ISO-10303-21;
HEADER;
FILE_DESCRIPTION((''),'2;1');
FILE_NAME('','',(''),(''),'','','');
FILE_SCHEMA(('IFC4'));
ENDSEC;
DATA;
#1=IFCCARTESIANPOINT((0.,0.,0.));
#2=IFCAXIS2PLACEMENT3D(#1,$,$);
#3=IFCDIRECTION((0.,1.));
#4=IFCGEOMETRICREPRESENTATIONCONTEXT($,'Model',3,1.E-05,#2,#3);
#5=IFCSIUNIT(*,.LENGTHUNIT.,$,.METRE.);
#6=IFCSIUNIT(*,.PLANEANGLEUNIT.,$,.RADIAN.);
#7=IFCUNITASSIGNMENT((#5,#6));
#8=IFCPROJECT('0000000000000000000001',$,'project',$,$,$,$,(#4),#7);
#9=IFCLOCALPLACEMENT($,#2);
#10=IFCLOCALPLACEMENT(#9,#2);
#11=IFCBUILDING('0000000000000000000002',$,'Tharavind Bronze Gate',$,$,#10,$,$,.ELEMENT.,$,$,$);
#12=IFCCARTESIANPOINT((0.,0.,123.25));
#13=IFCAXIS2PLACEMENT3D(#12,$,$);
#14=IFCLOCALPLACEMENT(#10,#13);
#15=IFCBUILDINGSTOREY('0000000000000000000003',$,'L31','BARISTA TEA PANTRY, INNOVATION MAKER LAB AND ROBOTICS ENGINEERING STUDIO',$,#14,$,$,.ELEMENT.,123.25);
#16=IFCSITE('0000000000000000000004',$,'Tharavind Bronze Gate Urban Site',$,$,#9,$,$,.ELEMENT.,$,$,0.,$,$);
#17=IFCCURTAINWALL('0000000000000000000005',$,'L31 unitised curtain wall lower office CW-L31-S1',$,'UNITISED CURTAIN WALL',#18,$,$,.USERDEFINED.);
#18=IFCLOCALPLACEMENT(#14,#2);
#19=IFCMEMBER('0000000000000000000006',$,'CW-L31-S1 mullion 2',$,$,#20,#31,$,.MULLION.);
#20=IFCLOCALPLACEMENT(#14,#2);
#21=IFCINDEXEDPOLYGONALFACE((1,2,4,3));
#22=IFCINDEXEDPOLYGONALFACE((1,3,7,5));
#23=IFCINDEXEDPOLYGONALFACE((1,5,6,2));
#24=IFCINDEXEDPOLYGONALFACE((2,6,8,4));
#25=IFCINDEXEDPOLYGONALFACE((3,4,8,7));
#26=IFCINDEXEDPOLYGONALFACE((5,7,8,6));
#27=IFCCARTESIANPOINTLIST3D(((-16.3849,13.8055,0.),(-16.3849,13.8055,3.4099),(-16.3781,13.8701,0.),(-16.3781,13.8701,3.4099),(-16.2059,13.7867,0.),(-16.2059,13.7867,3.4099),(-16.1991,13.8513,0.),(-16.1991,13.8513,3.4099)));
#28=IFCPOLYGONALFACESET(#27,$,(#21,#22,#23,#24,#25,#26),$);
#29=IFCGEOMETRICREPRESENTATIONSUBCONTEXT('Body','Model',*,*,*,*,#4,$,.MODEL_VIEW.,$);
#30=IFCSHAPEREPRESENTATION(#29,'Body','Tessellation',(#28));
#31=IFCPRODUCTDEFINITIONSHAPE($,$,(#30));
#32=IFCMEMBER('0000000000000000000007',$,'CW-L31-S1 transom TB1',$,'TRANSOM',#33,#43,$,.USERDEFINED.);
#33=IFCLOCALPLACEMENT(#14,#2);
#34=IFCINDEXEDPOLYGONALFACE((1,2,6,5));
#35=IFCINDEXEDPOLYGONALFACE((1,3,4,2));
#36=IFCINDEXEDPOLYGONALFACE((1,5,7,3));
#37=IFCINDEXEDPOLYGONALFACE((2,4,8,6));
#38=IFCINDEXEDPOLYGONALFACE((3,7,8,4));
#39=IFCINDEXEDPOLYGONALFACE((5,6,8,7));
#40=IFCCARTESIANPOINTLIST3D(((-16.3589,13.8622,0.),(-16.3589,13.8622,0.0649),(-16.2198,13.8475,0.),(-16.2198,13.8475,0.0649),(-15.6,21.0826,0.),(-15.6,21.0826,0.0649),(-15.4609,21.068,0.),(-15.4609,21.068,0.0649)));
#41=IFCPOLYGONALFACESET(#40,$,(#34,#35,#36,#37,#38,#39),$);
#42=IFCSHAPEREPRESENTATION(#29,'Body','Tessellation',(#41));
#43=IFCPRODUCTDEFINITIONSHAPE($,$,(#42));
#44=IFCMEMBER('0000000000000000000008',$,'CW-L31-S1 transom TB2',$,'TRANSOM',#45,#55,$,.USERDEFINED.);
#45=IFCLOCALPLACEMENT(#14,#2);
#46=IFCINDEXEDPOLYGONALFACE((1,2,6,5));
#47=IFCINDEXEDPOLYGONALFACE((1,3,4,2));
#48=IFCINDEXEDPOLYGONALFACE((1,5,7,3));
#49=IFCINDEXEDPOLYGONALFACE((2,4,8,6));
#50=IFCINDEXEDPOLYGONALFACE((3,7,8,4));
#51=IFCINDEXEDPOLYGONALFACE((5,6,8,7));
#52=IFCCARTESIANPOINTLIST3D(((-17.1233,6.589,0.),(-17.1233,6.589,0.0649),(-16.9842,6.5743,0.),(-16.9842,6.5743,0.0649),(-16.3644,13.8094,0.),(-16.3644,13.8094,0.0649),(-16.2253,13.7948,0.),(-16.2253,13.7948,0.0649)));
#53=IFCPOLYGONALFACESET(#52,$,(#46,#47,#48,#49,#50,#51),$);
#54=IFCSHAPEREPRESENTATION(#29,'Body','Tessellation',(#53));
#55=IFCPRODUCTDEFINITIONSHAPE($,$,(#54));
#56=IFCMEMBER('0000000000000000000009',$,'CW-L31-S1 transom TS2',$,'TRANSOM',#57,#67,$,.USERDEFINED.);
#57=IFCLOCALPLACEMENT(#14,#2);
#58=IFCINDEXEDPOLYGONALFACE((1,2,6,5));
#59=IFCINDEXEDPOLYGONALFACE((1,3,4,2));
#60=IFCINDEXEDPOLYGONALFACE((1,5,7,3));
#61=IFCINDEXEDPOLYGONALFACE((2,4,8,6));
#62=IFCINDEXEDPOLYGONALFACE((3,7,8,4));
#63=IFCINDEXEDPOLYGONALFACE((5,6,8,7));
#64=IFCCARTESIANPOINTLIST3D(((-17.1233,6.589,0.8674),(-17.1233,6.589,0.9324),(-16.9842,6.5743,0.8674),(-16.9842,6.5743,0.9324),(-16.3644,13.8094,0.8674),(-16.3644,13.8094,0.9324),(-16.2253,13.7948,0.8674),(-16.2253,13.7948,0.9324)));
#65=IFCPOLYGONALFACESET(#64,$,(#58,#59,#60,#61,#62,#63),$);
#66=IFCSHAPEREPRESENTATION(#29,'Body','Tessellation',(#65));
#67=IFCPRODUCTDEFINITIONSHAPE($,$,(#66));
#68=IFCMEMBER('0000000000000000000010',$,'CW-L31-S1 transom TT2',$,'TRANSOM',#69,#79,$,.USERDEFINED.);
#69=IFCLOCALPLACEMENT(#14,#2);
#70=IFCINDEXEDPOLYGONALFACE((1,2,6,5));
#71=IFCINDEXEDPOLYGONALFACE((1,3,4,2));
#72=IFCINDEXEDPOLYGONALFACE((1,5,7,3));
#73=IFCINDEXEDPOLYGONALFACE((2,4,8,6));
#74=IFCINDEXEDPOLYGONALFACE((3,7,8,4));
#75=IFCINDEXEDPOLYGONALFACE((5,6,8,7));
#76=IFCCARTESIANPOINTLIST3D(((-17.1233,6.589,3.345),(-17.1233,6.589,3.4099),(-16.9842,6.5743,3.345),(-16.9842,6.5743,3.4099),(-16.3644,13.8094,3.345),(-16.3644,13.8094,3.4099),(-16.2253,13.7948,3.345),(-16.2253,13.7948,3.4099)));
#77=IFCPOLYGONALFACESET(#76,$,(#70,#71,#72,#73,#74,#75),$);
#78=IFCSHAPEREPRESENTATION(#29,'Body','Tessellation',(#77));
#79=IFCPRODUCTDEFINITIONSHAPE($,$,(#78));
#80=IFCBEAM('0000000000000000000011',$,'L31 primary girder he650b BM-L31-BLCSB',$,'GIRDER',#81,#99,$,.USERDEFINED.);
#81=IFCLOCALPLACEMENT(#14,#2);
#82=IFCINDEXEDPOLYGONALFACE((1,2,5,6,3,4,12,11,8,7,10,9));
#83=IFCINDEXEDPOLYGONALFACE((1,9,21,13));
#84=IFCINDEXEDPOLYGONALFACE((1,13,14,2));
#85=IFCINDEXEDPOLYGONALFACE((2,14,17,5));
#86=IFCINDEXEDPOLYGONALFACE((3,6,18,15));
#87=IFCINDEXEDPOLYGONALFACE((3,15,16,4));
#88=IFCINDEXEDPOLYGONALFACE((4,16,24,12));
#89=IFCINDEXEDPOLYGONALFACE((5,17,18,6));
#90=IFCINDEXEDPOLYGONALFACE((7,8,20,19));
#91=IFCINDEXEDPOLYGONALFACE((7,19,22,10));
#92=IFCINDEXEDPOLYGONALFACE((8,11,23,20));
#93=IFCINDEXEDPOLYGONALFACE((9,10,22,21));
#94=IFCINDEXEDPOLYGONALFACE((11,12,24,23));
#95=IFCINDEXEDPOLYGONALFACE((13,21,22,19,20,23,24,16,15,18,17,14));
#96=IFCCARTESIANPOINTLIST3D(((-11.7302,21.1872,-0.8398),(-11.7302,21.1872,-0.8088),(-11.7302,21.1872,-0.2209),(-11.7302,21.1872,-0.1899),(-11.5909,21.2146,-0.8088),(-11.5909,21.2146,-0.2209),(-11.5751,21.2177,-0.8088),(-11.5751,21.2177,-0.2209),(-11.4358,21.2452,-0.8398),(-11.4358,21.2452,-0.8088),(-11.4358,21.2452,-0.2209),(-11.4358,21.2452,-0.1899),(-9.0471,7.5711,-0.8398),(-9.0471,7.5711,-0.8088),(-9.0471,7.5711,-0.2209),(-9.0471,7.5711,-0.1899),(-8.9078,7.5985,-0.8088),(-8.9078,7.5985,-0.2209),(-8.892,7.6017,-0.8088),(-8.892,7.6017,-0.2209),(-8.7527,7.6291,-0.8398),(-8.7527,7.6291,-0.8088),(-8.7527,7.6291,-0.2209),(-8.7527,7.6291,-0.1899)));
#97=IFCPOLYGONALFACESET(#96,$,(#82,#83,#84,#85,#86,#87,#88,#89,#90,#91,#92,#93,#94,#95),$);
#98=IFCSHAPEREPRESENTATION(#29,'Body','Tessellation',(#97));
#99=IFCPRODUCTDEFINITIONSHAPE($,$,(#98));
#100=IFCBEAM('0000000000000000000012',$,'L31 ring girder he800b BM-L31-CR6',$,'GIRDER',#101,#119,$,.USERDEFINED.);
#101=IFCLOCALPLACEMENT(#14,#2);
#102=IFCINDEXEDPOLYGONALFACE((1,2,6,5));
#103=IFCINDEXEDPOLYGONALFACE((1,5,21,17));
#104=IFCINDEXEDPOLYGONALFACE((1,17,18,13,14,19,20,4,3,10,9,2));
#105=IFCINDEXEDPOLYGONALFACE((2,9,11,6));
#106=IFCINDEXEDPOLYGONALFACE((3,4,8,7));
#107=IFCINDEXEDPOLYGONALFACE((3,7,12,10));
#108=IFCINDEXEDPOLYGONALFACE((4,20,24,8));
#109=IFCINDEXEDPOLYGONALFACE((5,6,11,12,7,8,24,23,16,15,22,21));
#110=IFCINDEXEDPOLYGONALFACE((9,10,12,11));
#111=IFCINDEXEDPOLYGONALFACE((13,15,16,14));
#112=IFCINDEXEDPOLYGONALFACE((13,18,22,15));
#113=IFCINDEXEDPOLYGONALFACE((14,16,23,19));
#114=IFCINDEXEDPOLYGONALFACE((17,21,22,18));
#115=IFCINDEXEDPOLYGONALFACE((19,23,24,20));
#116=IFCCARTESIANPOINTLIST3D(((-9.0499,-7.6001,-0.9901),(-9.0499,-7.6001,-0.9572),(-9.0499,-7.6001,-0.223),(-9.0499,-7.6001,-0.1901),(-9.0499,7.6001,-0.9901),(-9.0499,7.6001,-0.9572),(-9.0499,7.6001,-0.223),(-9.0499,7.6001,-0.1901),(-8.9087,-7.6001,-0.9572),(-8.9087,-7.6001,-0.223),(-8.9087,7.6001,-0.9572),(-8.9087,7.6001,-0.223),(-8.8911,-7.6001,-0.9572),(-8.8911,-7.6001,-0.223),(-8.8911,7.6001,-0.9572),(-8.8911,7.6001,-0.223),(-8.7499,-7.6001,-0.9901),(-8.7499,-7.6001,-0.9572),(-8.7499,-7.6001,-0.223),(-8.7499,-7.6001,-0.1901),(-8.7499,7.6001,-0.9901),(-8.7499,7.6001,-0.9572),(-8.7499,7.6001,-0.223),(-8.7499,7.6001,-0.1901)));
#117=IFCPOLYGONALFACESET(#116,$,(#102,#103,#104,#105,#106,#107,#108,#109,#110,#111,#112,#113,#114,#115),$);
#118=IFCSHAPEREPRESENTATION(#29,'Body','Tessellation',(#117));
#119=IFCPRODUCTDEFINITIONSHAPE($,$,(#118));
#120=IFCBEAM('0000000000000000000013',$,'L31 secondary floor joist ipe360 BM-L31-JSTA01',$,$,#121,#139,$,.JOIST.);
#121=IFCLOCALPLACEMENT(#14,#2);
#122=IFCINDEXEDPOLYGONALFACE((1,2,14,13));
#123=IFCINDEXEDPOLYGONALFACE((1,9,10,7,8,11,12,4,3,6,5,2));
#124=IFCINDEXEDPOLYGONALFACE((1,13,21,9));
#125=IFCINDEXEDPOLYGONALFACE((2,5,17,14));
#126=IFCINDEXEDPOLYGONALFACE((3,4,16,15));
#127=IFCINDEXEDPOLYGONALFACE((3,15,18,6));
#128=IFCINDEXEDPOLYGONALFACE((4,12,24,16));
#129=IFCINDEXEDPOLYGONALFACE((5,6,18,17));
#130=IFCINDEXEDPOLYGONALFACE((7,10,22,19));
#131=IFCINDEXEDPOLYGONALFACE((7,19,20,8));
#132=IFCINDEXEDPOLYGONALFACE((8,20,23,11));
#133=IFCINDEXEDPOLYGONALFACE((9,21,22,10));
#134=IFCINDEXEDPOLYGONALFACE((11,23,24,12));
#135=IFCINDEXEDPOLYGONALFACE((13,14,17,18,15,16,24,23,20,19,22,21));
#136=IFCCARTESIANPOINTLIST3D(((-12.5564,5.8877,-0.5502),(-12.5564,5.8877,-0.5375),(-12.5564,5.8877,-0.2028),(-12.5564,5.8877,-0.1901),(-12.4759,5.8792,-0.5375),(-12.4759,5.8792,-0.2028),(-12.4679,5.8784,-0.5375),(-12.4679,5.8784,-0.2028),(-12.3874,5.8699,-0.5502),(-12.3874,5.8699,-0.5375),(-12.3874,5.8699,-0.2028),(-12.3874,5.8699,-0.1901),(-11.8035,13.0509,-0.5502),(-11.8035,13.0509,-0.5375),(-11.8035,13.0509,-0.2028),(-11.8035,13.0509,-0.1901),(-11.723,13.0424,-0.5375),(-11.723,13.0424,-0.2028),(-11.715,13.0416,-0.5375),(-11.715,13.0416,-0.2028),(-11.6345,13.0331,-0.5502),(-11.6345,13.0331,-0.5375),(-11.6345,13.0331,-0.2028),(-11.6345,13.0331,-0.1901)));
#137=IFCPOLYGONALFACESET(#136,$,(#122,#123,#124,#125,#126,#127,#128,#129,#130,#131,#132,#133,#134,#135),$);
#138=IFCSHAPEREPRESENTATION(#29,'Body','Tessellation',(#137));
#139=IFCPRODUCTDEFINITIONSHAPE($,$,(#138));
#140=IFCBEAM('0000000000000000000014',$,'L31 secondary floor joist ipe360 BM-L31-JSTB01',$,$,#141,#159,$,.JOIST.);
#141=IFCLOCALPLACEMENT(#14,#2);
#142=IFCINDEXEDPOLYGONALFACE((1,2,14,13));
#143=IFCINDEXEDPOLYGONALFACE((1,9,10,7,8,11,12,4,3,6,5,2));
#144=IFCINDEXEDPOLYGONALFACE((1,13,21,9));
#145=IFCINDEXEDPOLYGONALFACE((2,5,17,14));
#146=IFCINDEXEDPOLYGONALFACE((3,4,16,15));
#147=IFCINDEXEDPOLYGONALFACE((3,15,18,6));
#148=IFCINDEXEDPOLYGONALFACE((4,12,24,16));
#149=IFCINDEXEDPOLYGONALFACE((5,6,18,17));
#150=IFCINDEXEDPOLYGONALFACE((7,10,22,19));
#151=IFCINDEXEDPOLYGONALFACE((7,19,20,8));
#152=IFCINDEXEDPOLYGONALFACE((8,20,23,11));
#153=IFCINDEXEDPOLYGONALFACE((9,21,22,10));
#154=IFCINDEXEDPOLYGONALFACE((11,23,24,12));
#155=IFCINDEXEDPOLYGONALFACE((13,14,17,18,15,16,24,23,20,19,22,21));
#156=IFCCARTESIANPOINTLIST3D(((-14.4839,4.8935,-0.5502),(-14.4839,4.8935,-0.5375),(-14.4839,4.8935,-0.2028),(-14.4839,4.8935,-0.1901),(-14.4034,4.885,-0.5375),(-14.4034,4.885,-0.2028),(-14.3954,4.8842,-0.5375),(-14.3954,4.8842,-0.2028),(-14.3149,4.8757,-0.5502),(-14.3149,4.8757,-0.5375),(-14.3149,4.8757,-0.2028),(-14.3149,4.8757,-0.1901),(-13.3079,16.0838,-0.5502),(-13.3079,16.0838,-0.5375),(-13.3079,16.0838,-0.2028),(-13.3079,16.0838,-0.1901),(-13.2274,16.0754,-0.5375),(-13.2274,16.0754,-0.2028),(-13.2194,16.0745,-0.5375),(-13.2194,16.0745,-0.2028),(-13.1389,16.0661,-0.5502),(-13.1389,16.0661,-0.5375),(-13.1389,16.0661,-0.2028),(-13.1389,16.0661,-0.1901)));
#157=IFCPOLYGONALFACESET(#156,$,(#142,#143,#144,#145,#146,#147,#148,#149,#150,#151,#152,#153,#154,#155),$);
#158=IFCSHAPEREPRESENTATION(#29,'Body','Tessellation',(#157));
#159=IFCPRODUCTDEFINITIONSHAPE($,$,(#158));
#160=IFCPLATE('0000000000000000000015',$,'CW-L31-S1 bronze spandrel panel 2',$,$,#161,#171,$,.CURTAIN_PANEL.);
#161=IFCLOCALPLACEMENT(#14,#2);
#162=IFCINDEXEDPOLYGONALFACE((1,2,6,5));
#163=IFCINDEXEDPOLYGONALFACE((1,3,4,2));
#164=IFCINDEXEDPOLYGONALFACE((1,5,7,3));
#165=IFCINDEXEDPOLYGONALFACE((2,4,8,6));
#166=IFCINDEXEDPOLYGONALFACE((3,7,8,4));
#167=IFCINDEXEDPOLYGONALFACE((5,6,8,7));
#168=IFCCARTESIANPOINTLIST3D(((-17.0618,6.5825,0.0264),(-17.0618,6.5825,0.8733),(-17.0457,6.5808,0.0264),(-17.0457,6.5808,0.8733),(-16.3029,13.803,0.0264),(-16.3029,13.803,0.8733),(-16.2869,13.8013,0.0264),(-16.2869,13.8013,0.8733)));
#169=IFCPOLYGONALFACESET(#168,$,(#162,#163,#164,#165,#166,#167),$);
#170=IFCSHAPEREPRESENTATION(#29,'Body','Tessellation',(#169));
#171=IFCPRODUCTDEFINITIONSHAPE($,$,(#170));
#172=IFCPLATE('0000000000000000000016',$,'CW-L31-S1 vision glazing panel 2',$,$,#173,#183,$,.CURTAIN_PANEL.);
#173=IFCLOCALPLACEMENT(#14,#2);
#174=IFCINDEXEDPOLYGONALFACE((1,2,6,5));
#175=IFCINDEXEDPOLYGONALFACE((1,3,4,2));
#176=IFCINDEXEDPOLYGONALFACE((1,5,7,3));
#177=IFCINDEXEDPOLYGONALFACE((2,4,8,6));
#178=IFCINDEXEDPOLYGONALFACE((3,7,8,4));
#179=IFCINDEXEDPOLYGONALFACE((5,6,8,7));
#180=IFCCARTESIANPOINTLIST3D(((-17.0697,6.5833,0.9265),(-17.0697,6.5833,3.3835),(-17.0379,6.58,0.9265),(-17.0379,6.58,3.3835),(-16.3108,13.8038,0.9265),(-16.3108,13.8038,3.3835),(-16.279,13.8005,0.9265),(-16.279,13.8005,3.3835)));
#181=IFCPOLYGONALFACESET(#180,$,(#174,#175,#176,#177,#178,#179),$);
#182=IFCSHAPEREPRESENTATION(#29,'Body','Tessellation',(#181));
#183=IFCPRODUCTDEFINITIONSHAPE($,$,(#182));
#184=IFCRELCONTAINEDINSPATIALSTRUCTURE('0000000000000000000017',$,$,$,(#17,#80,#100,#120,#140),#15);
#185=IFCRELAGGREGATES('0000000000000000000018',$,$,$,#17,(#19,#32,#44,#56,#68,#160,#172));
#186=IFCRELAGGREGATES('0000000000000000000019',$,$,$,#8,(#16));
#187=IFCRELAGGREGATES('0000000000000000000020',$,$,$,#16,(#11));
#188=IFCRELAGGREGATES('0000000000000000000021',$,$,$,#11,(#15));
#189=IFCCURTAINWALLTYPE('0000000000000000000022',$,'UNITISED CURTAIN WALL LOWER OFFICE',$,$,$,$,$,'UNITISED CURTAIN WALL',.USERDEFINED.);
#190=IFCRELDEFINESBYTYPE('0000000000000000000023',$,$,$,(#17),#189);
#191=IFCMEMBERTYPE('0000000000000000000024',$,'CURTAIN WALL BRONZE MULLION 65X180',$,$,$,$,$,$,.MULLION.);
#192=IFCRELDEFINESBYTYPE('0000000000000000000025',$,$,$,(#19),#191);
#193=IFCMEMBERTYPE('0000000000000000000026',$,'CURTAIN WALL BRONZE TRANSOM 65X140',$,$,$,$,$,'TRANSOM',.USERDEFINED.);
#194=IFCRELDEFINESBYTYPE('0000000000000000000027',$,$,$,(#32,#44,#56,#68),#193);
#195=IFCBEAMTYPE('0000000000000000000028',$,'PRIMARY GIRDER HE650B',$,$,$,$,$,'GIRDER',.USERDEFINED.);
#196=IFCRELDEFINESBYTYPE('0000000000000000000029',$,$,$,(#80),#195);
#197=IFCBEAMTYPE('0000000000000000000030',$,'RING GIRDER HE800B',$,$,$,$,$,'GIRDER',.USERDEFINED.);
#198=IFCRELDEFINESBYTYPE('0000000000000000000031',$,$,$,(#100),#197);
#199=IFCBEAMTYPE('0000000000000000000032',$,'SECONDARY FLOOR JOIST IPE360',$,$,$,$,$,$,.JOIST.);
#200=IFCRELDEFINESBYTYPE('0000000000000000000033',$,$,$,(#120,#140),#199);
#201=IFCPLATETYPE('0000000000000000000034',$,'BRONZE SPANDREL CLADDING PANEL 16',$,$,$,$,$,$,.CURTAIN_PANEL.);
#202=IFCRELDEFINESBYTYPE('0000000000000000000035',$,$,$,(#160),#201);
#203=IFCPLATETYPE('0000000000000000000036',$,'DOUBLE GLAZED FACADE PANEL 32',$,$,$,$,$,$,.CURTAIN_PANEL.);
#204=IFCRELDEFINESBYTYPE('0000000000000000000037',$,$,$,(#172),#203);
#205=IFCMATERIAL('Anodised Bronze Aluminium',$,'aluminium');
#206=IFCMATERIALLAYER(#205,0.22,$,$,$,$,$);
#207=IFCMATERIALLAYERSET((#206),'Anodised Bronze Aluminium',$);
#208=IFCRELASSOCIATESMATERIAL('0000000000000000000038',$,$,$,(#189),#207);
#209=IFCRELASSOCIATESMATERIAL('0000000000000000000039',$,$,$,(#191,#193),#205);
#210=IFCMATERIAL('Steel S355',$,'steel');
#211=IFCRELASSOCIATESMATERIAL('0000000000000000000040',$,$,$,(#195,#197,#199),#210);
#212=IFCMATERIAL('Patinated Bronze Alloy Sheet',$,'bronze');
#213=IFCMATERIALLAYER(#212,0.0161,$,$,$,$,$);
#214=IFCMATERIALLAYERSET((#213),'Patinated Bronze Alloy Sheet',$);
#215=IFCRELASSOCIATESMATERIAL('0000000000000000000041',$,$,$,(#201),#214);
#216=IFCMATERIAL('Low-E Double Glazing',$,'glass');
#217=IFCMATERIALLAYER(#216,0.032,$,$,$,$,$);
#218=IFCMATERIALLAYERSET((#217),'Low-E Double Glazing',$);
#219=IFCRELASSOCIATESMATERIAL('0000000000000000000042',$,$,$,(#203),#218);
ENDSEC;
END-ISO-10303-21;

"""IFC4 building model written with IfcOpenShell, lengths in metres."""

from ifc_helpers import new_model, si_unit, direction, frame, origin, origin_2d, place, context, subcontext, project, spatial, rectangle, i_section, extrude, material, layer, layer_set, material_profile, profile_set, type_object, element, aggregate, save


model = new_model("IFC4")

# Units and contexts
model_context = context("Model", 3, precision=1e-05, world=origin(), true_north=direction((0.0, 1.0)))
body_context = subcontext(model_context, "Body", "Model", "MODEL_VIEW")
ifc_project = project(units=[si_unit("LENGTHUNIT", "METRE"), si_unit("PLANEANGLEUNIT", "RADIAN")], contexts=[model_context])

# Site, building, storey
site_placement = place(None, origin())
site = spatial("IfcSite", under=ifc_project, at=site_placement, Name="Tharavind Bronze Gate Urban Site", CompositionType="ELEMENT", RefElevation=0.0)
building_placement = place(site_placement, origin())
building = spatial("IfcBuilding", under=site, at=building_placement, Name="Tharavind Bronze Gate", CompositionType="ELEMENT")
storey_placement = place(building_placement, frame((0.0, 0.0, 123.25)))
storey = spatial("IfcBuildingStorey", under=building, at=storey_placement, Name="L31", Description="BARISTA TEA PANTRY, INNOVATION MAKER LAB AND ROBOTICS ENGINEERING STUDIO", CompositionType="ELEMENT", Elevation=123.25)

# Curtain wall, members
ifc_material_1 = material(Name="Anodised Bronze Aluminium", Category="aluminium")
ifc_layer_1 = layer(ifc_material_1, 0.22)
ifc_layer_set_1 = layer_set([ifc_layer_1], Name="Anodised Bronze Aluminium")
curtain_wall_type = type_object("IfcCurtainWallType", Name="UNITISED CURTAIN WALL LOWER OFFICE", ElementType="UNITISED CURTAIN WALL", PredefinedType="USERDEFINED", material=ifc_layer_set_1)
curtain_wall_placement = place(storey_placement, origin())
curtain_wall = element("IfcCurtainWall", 1, at=curtain_wall_placement, inside=storey, type_object=curtain_wall_type, Name="L31 unitised curtain wall lower office CW-L31-S1", ObjectType="UNITISED CURTAIN WALL", PredefinedType="USERDEFINED")
member_type_1 = type_object("IfcMemberType", Name="CURTAIN WALL BRONZE MULLION 65X180", PredefinedType="MULLION", material=ifc_material_1)
member_1_placement = place(storey_placement, frame((-16.292, 13.8284, 0.0), z_axis=(0.0, 0.0, 1.0), x_axis=(-0.104527, -0.994522, 0.0)))
member_1 = element("IfcMember", 2, at=member_1_placement, type_object=member_type_1, Name="CW-L31-S1 mullion 2", PredefinedType="MULLION", context=body_context, shape_type="SweptSolid", body=[
    extrude(rectangle(XDim=0.0649, YDim=0.1799, at=origin_2d()), origin(), (0.0, 0.0, 1.0), 3.4099),
])
member_type_2 = type_object("IfcMemberType", Name="CURTAIN WALL BRONZE TRANSOM 65X140", ElementType="TRANSOM", PredefinedType="USERDEFINED", material=ifc_material_1)
member_2_placement = place(storey_placement, frame((-15.9099, 17.4651, 0.0), z_axis=(0.0, 0.0, 1.0), x_axis=(-0.104527, -0.994522, 0.0)))
member_2 = element("IfcMember", 3, at=member_2_placement, type_object=member_type_2, Name="CW-L31-S1 transom TB1", ObjectType="TRANSOM", PredefinedType="USERDEFINED", context=body_context, shape_type="SweptSolid", body=[
    extrude(rectangle(XDim=7.2603, YDim=0.1399, at=origin_2d()), origin(), (0.0, 0.0, 1.0), 0.0649),
])
member_3_placement = place(storey_placement, frame((-16.6743, 10.1919, 0.0), z_axis=(0.0, 0.0, 1.0), x_axis=(-0.104527, -0.994522, 0.0)))
member_3 = element("IfcMember", 4, at=member_3_placement, type_object=member_type_2, Name="CW-L31-S1 transom TB2", ObjectType="TRANSOM", PredefinedType="USERDEFINED", context=body_context, shape_type="SweptSolid", body=[
    extrude(rectangle(XDim=7.2603, YDim=0.1399, at=origin_2d()), origin(), (0.0, 0.0, 1.0), 0.0649),
])
member_4_placement = place(storey_placement, frame((-16.6743, 10.1919, 0.8674), z_axis=(0.0, 0.0, 1.0), x_axis=(-0.104527, -0.994522, 0.0)))
member_4 = element("IfcMember", 5, at=member_4_placement, type_object=member_type_2, Name="CW-L31-S1 transom TS2", ObjectType="TRANSOM", PredefinedType="USERDEFINED", context=body_context, shape_type="SweptSolid", body=[
    extrude(rectangle(XDim=7.2603, YDim=0.1399, at=origin_2d()), origin(), (0.0, 0.0, 1.0), 0.0649),
])
member_5_placement = place(storey_placement, frame((-16.6743, 10.1919, 3.345), z_axis=(0.0, 0.0, 1.0), x_axis=(-0.104527, -0.994522, 0.0)))
member_5 = element("IfcMember", 6, at=member_5_placement, type_object=member_type_2, Name="CW-L31-S1 transom TT2", ObjectType="TRANSOM", PredefinedType="USERDEFINED", context=body_context, shape_type="SweptSolid", body=[
    extrude(rectangle(XDim=7.2603, YDim=0.1399, at=origin_2d()), origin(), (0.0, 0.0, 1.0), 0.0649),
])

# Beams
ifc_material_2 = material(Name="Steel S355", Category="steel")
ifc_material_profile_1 = material_profile(ifc_material_2, i_section(OverallWidth=0.3, OverallDepth=0.6499, WebThickness=0.0161, FlangeThickness=0.031, at=origin_2d()), Name="HE650B")
ifc_profile_set_1 = profile_set([ifc_material_profile_1], Name="Steel S355")
beam_type_1 = type_object("IfcBeamType", Name="PRIMARY GIRDER HE650B", ElementType="GIRDER", PredefinedType="USERDEFINED", material=ifc_profile_set_1)
beam_1_placement = place(storey_placement, frame((-8.8999, 7.6001, -0.5149), z_axis=(-0.193338, 0.981132, 0.0), x_axis=(-0.981132, -0.193338, 0.0)))
element("IfcBeam", 7, at=beam_1_placement, inside=storey, type_object=beam_type_1, Name="L31 primary girder he650b BM-L31-BLCSB", ObjectType="GIRDER", PredefinedType="USERDEFINED", context=body_context, shape_type="SweptSolid", body=[
    extrude(i_section(OverallWidth=0.3, OverallDepth=0.6499, WebThickness=0.0161, FlangeThickness=0.031, at=origin_2d()), origin(), (0.0, 0.0, 1.0), 13.8779),
])
ifc_material_profile_2 = material_profile(ifc_material_2, i_section(OverallWidth=0.3, OverallDepth=0.8, WebThickness=0.0176, FlangeThickness=0.033, at=origin_2d()), Name="HE800B")
ifc_profile_set_2 = profile_set([ifc_material_profile_2], Name="Steel S355")
beam_type_2 = type_object("IfcBeamType", Name="RING GIRDER HE800B", ElementType="GIRDER", PredefinedType="USERDEFINED", material=ifc_profile_set_2)
beam_2_placement = place(storey_placement, frame((-8.8999, 7.6001, -0.5901), z_axis=(0.0, -1.0, 0.0), x_axis=(1.0, 0.0, 0.0)))
element("IfcBeam", 8, at=beam_2_placement, inside=storey, type_object=beam_type_2, Name="L31 ring girder he800b BM-L31-CR6", ObjectType="GIRDER", PredefinedType="USERDEFINED", context=body_context, shape_type="SweptSolid", body=[
    extrude(i_section(OverallWidth=0.3, OverallDepth=0.8, WebThickness=0.0176, FlangeThickness=0.033, at=origin_2d()), origin(), (0.0, 0.0, 1.0), 15.2002),
])
ifc_material_profile_3 = material_profile(ifc_material_2, i_section(OverallWidth=0.1699, OverallDepth=0.3601, WebThickness=0.0081, FlangeThickness=0.0127, at=origin_2d()), Name="IPE360")
ifc_profile_set_3 = profile_set([ifc_material_profile_3], Name="Steel S355")
beam_type_3 = type_object("IfcBeamType", Name="SECONDARY FLOOR JOIST IPE360", PredefinedType="JOIST", material=ifc_profile_set_3)
beam_3_placement = place(storey_placement, frame((-11.719, 13.042, -0.3701), z_axis=(-0.104537, -0.994521, 0.0), x_axis=(0.994521, -0.104537, 0.0)))
element("IfcBeam", 9, at=beam_3_placement, inside=storey, type_object=beam_type_3, Name="L31 secondary floor joist ipe360 BM-L31-JSTA01", PredefinedType="JOIST", context=body_context, shape_type="SweptSolid", body=[
    extrude(i_section(OverallWidth=0.1699, OverallDepth=0.3601, WebThickness=0.0081, FlangeThickness=0.0127, at=origin_2d()), origin(), (0.0, 0.0, 1.0), 7.2026),
])
beam_4_placement = place(storey_placement, frame((-13.2234, 16.075, -0.3701), z_axis=(-0.104516, -0.994523, 0.0), x_axis=(0.994523, -0.104516, 0.0)))
element("IfcBeam", 10, at=beam_4_placement, inside=storey, type_object=beam_type_3, Name="L31 secondary floor joist ipe360 BM-L31-JSTB01", PredefinedType="JOIST", context=body_context, shape_type="SweptSolid", body=[
    extrude(i_section(OverallWidth=0.1699, OverallDepth=0.3601, WebThickness=0.0081, FlangeThickness=0.0127, at=origin_2d()), origin(), (0.0, 0.0, 1.0), 11.252),
])

# Plates
ifc_material_3 = material(Name="Patinated Bronze Alloy Sheet", Category="bronze")
ifc_layer_2 = layer(ifc_material_3, 0.0161)
ifc_layer_set_2 = layer_set([ifc_layer_2], Name="Patinated Bronze Alloy Sheet")
plate_type_1 = type_object("IfcPlateType", Name="BRONZE SPANDREL CLADDING PANEL 16", PredefinedType="CURTAIN_PANEL", material=ifc_layer_set_2)
plate_1_placement = place(storey_placement, frame((-16.6743, 10.1919, 0.0264), z_axis=(0.0, 0.0, 1.0), x_axis=(-0.104527, -0.994522, 0.0)))
plate_1 = element("IfcPlate", 11, at=plate_1_placement, type_object=plate_type_1, Name="CW-L31-S1 bronze spandrel panel 2", PredefinedType="CURTAIN_PANEL", context=body_context, shape_type="SweptSolid", body=[
    extrude(rectangle(XDim=7.2603, YDim=0.0161, at=origin_2d()), origin(), (0.0, 0.0, 1.0), 0.8469),
])
ifc_material_4 = material(Name="Low-E Double Glazing", Category="glass")
ifc_layer_3 = layer(ifc_material_4, 0.032)
ifc_layer_set_3 = layer_set([ifc_layer_3], Name="Low-E Double Glazing")
plate_type_2 = type_object("IfcPlateType", Name="DOUBLE GLAZED FACADE PANEL 32", PredefinedType="CURTAIN_PANEL", material=ifc_layer_set_3)
plate_2_placement = place(storey_placement, frame((-16.6743, 10.1919, 0.9265), z_axis=(0.0, 0.0, 1.0), x_axis=(-0.104527, -0.994522, 0.0)))
plate_2 = element("IfcPlate", 12, at=plate_2_placement, type_object=plate_type_2, Name="CW-L31-S1 vision glazing panel 2", PredefinedType="CURTAIN_PANEL", context=body_context, shape_type="SweptSolid", body=[
    extrude(rectangle(XDim=7.2603, YDim=0.032, at=origin_2d()), origin(), (0.0, 0.0, 1.0), 2.457),
])
aggregate(curtain_wall, [member_1, member_2, member_3, member_4, member_5, plate_1, plate_2])

save(model, "model.ifc")
